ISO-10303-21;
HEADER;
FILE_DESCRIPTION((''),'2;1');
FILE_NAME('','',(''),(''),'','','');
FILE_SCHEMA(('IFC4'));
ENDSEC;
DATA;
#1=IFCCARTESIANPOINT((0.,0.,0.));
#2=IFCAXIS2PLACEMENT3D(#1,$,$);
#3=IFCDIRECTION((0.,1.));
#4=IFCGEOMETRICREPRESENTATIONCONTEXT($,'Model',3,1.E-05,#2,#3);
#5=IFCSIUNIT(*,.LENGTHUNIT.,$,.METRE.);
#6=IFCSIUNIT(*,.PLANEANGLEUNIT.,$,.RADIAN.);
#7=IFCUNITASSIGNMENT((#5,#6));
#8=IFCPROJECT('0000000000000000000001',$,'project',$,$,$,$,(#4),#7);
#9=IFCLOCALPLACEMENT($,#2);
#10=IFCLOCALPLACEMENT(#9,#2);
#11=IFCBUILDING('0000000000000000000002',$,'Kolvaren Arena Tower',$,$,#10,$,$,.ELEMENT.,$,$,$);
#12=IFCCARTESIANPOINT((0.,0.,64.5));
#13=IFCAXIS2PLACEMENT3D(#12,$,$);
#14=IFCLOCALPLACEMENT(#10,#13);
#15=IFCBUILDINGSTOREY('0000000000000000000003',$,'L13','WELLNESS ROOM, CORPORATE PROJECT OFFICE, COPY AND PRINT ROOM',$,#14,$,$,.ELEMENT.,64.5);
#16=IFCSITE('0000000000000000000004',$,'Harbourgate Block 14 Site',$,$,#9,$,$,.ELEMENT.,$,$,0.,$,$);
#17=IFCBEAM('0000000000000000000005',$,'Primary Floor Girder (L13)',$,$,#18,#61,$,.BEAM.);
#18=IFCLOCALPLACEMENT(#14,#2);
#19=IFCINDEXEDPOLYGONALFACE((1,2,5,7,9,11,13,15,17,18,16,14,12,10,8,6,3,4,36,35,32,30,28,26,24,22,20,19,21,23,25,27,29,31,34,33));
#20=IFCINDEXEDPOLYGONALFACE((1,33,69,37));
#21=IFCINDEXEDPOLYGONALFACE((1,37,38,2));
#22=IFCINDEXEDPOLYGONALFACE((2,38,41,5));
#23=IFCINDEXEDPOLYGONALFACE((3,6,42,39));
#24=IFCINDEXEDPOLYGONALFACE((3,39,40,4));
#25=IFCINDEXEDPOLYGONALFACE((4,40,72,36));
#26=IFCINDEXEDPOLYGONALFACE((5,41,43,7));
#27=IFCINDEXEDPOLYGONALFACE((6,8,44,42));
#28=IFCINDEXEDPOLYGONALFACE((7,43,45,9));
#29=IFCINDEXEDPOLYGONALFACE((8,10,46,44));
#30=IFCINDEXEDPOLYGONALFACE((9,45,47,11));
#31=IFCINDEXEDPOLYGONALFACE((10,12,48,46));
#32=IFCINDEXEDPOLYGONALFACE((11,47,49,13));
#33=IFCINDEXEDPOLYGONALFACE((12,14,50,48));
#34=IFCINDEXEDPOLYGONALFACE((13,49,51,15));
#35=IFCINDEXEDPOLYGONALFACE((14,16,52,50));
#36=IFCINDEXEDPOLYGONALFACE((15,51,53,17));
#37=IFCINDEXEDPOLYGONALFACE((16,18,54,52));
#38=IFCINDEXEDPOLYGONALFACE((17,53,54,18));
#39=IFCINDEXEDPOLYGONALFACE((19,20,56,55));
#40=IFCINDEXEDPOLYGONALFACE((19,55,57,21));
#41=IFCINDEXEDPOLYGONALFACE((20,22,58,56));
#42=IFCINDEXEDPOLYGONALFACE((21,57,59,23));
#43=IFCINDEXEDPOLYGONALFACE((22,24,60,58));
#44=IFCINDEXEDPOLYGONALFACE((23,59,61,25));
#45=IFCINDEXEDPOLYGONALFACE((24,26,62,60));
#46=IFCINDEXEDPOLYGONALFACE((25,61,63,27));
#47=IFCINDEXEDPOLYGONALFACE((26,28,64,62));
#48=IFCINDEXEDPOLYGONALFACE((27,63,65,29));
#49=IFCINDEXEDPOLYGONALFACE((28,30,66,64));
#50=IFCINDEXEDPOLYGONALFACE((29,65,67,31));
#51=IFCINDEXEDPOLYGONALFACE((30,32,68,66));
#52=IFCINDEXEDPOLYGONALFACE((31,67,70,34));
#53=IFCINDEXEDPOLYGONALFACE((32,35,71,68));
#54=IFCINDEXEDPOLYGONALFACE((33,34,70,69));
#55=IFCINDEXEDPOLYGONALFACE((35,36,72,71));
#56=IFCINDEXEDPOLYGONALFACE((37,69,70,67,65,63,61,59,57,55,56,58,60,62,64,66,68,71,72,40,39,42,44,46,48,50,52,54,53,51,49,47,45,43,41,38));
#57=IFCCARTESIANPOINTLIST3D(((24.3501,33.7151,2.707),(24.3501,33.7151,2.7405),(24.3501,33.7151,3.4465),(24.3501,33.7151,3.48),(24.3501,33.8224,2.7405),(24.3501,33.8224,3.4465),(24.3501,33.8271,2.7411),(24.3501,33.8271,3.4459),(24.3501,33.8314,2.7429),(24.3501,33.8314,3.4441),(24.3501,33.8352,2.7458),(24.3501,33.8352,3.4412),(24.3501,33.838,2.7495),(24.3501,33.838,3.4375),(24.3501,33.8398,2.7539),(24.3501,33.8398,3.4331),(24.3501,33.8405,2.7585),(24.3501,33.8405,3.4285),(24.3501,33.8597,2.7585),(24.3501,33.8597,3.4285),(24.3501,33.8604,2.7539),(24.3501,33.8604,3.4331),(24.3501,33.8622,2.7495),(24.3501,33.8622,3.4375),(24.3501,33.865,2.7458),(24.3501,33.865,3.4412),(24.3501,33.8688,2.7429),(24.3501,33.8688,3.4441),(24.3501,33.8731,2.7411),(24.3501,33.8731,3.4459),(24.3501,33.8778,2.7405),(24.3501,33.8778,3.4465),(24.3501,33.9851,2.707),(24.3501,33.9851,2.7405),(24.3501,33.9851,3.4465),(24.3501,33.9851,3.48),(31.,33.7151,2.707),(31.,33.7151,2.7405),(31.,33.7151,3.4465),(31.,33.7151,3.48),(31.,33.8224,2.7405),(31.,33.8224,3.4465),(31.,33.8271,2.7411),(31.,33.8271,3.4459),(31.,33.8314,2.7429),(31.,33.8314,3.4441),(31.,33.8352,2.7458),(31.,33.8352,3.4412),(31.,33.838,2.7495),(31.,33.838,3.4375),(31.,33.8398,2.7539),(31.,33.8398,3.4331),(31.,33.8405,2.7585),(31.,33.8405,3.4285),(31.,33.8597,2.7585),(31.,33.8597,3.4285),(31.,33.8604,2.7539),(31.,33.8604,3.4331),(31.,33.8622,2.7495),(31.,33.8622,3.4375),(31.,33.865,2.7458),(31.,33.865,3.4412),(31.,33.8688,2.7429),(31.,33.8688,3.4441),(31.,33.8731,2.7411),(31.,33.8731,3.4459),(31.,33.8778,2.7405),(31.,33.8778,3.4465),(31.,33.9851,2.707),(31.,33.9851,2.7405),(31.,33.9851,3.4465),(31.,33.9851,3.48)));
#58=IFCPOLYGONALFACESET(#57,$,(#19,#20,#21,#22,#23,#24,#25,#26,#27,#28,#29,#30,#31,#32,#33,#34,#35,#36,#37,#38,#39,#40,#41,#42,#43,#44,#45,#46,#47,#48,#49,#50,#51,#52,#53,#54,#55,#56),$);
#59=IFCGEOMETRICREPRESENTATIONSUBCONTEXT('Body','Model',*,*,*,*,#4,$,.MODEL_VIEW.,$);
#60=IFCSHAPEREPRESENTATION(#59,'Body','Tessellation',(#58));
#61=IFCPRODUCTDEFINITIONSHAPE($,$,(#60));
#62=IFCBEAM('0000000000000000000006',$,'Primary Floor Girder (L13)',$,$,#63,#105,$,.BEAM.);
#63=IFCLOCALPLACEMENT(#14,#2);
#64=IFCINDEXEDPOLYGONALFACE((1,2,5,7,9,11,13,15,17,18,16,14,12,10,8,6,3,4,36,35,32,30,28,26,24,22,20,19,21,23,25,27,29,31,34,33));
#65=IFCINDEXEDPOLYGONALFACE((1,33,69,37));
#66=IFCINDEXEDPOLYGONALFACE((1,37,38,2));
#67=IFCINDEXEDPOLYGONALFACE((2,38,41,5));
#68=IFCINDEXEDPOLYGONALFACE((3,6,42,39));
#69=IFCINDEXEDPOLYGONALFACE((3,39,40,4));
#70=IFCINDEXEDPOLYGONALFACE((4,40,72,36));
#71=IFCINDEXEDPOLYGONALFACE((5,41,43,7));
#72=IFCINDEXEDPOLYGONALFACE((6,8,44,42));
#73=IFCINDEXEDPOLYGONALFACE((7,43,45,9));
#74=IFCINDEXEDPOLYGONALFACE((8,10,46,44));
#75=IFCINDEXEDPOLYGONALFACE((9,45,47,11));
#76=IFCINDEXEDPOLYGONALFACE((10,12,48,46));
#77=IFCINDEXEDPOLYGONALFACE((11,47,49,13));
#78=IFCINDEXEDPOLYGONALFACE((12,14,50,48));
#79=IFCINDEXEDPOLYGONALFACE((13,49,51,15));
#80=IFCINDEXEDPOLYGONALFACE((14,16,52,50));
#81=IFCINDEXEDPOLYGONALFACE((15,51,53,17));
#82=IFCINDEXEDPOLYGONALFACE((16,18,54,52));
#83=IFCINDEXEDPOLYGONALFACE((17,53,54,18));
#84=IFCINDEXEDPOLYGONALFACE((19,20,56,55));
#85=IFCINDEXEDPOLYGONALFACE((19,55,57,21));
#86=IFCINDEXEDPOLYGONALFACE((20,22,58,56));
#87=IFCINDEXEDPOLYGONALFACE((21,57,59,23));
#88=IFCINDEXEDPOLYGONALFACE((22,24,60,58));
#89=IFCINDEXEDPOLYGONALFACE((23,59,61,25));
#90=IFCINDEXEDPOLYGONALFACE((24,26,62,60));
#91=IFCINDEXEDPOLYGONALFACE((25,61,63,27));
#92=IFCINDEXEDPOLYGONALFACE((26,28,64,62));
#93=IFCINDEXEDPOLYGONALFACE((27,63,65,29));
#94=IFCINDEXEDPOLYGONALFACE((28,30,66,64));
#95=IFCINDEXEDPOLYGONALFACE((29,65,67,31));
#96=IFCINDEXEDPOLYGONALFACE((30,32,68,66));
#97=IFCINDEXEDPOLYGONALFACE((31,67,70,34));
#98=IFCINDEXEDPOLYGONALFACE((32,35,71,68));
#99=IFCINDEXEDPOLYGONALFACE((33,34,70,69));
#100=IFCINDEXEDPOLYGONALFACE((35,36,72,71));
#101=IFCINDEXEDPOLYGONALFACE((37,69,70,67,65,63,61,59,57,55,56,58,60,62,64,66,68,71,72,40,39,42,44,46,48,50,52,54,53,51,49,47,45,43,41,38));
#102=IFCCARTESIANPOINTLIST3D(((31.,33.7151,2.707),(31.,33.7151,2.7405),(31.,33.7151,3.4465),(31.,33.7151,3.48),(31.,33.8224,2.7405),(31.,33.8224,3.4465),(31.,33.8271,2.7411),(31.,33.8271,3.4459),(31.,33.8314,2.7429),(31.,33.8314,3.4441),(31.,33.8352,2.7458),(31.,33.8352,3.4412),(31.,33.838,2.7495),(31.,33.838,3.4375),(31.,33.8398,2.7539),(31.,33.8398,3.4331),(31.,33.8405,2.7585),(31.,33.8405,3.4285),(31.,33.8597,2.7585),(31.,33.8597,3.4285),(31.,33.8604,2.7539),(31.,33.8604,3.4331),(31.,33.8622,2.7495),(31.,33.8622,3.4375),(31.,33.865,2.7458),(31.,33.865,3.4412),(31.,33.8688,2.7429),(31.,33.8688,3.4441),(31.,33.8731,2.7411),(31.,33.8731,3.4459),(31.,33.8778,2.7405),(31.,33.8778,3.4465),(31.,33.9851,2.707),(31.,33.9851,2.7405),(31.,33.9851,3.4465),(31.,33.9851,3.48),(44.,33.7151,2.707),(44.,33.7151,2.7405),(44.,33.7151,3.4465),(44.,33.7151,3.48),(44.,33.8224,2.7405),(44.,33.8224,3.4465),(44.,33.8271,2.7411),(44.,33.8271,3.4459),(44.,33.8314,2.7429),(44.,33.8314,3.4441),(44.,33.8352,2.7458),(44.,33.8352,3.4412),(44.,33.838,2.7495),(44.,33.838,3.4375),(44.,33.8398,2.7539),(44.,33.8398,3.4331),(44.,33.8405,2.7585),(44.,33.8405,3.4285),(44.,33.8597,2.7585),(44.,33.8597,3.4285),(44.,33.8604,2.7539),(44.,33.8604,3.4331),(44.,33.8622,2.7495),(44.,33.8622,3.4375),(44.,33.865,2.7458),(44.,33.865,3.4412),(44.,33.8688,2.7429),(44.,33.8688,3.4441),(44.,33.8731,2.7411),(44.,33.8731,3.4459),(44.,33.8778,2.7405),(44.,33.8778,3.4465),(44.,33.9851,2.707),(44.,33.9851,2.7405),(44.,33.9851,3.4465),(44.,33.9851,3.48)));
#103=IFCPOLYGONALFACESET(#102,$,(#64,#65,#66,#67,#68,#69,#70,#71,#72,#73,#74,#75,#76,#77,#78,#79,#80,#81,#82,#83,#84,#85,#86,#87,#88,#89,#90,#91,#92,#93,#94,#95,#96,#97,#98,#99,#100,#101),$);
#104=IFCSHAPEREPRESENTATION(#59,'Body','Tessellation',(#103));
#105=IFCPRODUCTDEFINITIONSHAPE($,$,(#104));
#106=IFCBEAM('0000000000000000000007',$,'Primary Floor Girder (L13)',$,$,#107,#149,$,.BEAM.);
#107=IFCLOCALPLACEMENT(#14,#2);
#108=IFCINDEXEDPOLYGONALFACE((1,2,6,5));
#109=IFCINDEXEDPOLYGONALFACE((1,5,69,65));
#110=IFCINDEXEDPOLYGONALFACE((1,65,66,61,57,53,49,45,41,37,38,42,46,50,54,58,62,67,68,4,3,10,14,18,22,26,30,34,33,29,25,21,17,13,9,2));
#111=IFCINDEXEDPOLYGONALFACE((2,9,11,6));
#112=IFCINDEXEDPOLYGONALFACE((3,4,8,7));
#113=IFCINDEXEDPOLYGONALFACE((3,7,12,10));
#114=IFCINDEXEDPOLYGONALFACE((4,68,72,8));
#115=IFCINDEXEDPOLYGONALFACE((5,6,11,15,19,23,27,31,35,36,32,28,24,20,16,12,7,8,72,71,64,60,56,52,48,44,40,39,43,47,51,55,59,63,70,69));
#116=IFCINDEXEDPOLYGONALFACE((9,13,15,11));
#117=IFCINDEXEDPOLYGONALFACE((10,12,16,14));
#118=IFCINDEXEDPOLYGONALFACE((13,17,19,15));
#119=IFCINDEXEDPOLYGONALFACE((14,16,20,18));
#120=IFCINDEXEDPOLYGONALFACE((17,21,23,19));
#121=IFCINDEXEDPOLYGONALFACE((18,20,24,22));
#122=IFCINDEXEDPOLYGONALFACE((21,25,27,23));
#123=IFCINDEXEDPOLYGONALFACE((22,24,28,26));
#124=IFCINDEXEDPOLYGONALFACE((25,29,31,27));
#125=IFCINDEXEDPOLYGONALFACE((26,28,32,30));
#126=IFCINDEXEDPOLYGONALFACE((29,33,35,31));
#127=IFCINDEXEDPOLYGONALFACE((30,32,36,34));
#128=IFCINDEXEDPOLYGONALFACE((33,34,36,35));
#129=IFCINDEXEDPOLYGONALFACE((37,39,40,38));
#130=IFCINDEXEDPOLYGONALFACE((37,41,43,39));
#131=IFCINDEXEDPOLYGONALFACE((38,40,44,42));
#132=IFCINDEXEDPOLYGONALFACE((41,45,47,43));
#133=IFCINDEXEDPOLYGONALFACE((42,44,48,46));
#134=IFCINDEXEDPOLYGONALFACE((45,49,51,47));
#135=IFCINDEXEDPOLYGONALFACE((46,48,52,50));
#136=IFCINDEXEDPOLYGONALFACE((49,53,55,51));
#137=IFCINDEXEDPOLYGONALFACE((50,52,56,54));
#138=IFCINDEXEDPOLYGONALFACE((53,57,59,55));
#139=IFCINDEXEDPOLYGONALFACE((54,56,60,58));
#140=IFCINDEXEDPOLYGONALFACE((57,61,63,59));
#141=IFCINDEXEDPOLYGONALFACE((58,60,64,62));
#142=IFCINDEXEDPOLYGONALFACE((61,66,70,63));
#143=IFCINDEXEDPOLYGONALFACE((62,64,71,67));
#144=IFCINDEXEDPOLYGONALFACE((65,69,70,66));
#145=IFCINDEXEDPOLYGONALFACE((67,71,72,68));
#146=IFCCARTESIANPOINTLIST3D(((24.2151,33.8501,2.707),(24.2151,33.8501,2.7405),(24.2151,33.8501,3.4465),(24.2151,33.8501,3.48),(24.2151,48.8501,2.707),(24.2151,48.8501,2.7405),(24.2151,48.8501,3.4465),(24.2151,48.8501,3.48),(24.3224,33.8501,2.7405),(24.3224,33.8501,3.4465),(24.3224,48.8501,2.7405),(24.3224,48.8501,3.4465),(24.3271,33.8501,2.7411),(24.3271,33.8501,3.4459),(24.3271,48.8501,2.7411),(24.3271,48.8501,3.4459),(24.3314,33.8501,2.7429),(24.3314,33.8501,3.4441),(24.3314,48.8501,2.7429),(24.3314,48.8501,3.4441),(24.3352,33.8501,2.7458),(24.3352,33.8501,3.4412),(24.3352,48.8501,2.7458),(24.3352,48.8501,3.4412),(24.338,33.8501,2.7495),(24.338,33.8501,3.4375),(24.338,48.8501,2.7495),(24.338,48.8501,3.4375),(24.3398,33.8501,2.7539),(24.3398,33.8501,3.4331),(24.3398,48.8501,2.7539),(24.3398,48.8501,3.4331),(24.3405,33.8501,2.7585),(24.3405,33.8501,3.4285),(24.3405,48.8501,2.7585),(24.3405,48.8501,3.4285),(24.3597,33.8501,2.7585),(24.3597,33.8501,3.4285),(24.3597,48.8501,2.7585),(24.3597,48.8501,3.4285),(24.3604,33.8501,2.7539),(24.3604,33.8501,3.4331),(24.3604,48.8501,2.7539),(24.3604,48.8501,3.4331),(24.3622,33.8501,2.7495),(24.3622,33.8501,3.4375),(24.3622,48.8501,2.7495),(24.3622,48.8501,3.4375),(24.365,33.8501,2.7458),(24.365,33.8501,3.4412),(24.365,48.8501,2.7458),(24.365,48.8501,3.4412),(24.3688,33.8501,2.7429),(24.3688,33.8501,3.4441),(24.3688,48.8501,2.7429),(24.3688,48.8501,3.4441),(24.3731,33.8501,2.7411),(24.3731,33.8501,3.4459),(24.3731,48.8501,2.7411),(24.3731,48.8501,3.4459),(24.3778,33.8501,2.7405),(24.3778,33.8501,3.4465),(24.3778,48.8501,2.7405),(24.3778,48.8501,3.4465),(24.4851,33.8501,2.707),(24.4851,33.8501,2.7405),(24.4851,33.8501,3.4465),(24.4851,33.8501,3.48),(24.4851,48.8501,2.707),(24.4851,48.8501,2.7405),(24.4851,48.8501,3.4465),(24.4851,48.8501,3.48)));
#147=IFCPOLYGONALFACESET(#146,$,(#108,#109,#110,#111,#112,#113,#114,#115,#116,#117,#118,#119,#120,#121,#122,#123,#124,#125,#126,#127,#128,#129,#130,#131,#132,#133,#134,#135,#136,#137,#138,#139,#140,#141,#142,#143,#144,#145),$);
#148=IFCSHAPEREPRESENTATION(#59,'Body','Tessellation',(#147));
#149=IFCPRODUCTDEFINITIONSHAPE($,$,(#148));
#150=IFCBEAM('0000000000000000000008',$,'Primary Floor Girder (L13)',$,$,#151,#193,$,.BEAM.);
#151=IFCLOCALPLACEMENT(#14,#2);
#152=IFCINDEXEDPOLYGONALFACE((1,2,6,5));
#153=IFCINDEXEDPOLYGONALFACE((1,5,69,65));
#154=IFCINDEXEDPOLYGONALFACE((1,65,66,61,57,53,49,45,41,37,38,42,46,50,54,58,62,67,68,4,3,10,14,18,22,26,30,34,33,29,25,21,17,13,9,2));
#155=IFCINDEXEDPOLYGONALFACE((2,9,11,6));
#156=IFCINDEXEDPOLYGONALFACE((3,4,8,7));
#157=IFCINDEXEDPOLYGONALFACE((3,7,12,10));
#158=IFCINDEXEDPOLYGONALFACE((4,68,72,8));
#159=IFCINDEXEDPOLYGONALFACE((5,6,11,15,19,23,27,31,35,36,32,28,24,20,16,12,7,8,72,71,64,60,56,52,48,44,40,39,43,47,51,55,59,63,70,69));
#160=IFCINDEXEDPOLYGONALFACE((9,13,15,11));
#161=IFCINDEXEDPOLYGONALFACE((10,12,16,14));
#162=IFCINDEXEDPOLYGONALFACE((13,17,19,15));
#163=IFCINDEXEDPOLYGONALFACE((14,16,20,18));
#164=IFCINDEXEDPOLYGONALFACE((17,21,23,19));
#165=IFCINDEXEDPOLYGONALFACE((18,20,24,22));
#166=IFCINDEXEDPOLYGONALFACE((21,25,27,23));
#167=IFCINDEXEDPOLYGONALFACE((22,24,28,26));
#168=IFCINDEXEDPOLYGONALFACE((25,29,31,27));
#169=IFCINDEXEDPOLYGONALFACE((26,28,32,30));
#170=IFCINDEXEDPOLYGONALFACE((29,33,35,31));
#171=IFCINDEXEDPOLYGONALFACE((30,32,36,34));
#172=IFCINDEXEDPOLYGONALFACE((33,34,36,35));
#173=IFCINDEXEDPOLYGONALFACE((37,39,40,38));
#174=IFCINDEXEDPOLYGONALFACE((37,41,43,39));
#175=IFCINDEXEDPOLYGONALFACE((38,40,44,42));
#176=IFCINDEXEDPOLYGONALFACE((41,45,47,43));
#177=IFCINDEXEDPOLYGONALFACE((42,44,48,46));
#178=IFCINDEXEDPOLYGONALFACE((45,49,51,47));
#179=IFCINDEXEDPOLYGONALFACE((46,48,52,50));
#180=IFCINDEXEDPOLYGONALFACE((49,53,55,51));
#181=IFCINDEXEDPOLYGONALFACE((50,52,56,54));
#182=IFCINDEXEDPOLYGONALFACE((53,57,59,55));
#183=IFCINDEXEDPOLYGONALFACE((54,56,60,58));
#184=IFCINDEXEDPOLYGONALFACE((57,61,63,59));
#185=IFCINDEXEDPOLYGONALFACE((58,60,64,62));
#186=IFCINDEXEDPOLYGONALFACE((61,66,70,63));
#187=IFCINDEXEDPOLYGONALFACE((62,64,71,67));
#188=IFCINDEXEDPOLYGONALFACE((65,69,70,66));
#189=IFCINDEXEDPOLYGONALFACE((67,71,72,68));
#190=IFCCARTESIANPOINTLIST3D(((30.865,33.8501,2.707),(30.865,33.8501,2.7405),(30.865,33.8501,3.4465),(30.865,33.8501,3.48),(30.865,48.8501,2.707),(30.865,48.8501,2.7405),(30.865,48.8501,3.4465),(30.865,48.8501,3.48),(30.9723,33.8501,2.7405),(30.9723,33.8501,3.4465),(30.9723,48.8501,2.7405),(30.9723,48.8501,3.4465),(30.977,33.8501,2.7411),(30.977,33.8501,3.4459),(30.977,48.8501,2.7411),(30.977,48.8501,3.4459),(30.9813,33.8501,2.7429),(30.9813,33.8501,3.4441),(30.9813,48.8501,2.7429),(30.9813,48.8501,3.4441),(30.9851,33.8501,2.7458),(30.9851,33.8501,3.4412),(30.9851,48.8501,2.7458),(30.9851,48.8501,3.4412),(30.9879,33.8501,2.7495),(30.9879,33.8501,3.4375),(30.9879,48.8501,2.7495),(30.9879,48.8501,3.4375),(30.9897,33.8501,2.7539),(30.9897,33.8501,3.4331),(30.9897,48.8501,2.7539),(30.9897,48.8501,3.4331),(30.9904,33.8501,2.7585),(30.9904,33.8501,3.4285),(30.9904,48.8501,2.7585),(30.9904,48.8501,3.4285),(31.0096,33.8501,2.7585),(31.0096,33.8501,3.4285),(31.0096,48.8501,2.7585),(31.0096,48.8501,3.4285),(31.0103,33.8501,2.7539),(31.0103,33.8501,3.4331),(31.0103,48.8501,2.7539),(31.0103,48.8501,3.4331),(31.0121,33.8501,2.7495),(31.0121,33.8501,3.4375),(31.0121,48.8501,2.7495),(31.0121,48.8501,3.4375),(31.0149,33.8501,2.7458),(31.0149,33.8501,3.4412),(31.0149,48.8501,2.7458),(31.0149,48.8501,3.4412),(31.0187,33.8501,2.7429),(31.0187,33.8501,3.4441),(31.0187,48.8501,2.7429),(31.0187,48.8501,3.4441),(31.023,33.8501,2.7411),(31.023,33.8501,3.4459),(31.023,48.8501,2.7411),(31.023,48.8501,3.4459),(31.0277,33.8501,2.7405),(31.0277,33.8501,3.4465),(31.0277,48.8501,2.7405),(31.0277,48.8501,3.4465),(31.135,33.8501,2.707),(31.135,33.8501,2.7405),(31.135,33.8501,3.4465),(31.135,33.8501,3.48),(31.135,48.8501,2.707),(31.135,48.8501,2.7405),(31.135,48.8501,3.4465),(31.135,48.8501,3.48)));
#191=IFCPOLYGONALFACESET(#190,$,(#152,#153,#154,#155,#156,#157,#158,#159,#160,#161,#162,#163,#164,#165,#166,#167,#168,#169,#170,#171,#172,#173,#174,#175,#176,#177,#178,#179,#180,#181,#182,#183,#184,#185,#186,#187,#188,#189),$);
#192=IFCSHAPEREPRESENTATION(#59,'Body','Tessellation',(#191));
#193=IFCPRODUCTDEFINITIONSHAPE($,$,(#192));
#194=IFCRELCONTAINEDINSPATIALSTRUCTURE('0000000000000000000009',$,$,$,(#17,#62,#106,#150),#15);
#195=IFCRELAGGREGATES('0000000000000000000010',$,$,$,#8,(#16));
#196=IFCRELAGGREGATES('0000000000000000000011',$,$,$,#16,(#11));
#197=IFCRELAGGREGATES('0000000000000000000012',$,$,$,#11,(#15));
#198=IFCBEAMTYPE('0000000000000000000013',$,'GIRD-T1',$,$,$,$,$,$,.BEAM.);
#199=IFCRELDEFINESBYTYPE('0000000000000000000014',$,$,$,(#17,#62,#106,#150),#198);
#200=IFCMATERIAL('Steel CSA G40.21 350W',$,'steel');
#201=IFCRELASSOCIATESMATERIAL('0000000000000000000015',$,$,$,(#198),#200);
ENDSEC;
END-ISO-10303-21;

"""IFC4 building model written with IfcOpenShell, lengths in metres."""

from ifc_helpers import new_model, si_unit, direction, frame, origin, origin_2d, place, context, subcontext, project, spatial, i_section, extrude, material, material_profile, profile_set, type_object, element, save


model = new_model("IFC4")

# Units and contexts
model_context = context("Model", 3, precision=1e-05, world=origin(), true_north=direction((0.0, 1.0)))
body_context = subcontext(model_context, "Body", "Model", "MODEL_VIEW")
ifc_project = project(units=[si_unit("LENGTHUNIT", "METRE"), si_unit("PLANEANGLEUNIT", "RADIAN")], contexts=[model_context])

# Site, building, storey
site_placement = place(None, origin())
site = spatial("IfcSite", under=ifc_project, at=site_placement, Name="Harbourgate Block 14 Site", CompositionType="ELEMENT", RefElevation=0.0)
building_placement = place(site_placement, origin())
building = spatial("IfcBuilding", under=site, at=building_placement, Name="Kolvaren Arena Tower", CompositionType="ELEMENT")
storey_placement = place(building_placement, frame((0.0, 0.0, 64.5)))
storey = spatial("IfcBuildingStorey", under=building, at=storey_placement, Name="L13", Description="WELLNESS ROOM, CORPORATE PROJECT OFFICE, COPY AND PRINT ROOM", CompositionType="ELEMENT", Elevation=64.5)

# Beams
ifc_material_1 = material(Name="Steel CSA G40.21 350W", Category="steel")
ifc_material_profile_1 = material_profile(ifc_material_1, i_section(OverallWidth=0.27, OverallDepth=0.7729, WebThickness=0.0193, FlangeThickness=0.0334, FilletRadius=0.0181, at=origin_2d()), Name="W760x257")
ifc_profile_set_1 = profile_set([ifc_material_profile_1], Name="Steel CSA G40.21 350W")
beam_type_1 = type_object("IfcBeamType", Name="GIRD-T1", PredefinedType="BEAM", material=ifc_profile_set_1)
beam_1_placement = place(storey_placement, frame((24.3501, 33.8501, 3.0935), z_axis=(1.0, 0.0, 0.0), x_axis=(0.0, 1.0, 0.0)))
element("IfcBeam", 1, at=beam_1_placement, inside=storey, type_object=beam_type_1, Name="Primary Floor Girder (L13)", PredefinedType="BEAM", context=body_context, shape_type="SweptSolid", body=[
    extrude(i_section(OverallWidth=0.27, OverallDepth=0.7729, WebThickness=0.0193, FlangeThickness=0.0334, FilletRadius=0.0181, at=origin_2d()), origin(), (0.0, 0.0, 1.0), 6.6499),
])
beam_2_placement = place(storey_placement, frame((31.0, 33.8501, 3.0935), z_axis=(1.0, 0.0, 0.0), x_axis=(0.0, 1.0, 0.0)))
element("IfcBeam", 2, at=beam_2_placement, inside=storey, type_object=beam_type_1, Name="Primary Floor Girder (L13)", PredefinedType="BEAM", context=body_context, shape_type="SweptSolid", body=[
    extrude(i_section(OverallWidth=0.27, OverallDepth=0.7729, WebThickness=0.0193, FlangeThickness=0.0334, FilletRadius=0.0181, at=origin_2d()), origin(), (0.0, 0.0, 1.0), 13.0),
])
for number, where, z_axis, x_axis, name in (
    (3, (24.3501, 33.8501, 3.0935), (0.0, 1.0, 0.0), (-1.0, 0.0, 0.0), "Primary Floor Girder (L13)"),
    (4, (31.0, 33.8501, 3.0935), (0.0, 1.0, 0.0), (-1.0, 0.0, 0.0), "Primary Floor Girder (L13)"),
):
    element("IfcBeam", number, at=place(storey_placement, frame(where, z_axis=z_axis, x_axis=x_axis)), inside=storey, type_object=beam_type_1, Name=name, PredefinedType="BEAM", context=body_context, shape_type="SweptSolid", body=[
        extrude(i_section(OverallWidth=0.27, OverallDepth=0.7729, WebThickness=0.0193, FlangeThickness=0.0334, FilletRadius=0.0181, at=origin_2d()), origin(), (0.0, 0.0, 1.0), 15.0),
    ])

save(model, "model.ifc")
